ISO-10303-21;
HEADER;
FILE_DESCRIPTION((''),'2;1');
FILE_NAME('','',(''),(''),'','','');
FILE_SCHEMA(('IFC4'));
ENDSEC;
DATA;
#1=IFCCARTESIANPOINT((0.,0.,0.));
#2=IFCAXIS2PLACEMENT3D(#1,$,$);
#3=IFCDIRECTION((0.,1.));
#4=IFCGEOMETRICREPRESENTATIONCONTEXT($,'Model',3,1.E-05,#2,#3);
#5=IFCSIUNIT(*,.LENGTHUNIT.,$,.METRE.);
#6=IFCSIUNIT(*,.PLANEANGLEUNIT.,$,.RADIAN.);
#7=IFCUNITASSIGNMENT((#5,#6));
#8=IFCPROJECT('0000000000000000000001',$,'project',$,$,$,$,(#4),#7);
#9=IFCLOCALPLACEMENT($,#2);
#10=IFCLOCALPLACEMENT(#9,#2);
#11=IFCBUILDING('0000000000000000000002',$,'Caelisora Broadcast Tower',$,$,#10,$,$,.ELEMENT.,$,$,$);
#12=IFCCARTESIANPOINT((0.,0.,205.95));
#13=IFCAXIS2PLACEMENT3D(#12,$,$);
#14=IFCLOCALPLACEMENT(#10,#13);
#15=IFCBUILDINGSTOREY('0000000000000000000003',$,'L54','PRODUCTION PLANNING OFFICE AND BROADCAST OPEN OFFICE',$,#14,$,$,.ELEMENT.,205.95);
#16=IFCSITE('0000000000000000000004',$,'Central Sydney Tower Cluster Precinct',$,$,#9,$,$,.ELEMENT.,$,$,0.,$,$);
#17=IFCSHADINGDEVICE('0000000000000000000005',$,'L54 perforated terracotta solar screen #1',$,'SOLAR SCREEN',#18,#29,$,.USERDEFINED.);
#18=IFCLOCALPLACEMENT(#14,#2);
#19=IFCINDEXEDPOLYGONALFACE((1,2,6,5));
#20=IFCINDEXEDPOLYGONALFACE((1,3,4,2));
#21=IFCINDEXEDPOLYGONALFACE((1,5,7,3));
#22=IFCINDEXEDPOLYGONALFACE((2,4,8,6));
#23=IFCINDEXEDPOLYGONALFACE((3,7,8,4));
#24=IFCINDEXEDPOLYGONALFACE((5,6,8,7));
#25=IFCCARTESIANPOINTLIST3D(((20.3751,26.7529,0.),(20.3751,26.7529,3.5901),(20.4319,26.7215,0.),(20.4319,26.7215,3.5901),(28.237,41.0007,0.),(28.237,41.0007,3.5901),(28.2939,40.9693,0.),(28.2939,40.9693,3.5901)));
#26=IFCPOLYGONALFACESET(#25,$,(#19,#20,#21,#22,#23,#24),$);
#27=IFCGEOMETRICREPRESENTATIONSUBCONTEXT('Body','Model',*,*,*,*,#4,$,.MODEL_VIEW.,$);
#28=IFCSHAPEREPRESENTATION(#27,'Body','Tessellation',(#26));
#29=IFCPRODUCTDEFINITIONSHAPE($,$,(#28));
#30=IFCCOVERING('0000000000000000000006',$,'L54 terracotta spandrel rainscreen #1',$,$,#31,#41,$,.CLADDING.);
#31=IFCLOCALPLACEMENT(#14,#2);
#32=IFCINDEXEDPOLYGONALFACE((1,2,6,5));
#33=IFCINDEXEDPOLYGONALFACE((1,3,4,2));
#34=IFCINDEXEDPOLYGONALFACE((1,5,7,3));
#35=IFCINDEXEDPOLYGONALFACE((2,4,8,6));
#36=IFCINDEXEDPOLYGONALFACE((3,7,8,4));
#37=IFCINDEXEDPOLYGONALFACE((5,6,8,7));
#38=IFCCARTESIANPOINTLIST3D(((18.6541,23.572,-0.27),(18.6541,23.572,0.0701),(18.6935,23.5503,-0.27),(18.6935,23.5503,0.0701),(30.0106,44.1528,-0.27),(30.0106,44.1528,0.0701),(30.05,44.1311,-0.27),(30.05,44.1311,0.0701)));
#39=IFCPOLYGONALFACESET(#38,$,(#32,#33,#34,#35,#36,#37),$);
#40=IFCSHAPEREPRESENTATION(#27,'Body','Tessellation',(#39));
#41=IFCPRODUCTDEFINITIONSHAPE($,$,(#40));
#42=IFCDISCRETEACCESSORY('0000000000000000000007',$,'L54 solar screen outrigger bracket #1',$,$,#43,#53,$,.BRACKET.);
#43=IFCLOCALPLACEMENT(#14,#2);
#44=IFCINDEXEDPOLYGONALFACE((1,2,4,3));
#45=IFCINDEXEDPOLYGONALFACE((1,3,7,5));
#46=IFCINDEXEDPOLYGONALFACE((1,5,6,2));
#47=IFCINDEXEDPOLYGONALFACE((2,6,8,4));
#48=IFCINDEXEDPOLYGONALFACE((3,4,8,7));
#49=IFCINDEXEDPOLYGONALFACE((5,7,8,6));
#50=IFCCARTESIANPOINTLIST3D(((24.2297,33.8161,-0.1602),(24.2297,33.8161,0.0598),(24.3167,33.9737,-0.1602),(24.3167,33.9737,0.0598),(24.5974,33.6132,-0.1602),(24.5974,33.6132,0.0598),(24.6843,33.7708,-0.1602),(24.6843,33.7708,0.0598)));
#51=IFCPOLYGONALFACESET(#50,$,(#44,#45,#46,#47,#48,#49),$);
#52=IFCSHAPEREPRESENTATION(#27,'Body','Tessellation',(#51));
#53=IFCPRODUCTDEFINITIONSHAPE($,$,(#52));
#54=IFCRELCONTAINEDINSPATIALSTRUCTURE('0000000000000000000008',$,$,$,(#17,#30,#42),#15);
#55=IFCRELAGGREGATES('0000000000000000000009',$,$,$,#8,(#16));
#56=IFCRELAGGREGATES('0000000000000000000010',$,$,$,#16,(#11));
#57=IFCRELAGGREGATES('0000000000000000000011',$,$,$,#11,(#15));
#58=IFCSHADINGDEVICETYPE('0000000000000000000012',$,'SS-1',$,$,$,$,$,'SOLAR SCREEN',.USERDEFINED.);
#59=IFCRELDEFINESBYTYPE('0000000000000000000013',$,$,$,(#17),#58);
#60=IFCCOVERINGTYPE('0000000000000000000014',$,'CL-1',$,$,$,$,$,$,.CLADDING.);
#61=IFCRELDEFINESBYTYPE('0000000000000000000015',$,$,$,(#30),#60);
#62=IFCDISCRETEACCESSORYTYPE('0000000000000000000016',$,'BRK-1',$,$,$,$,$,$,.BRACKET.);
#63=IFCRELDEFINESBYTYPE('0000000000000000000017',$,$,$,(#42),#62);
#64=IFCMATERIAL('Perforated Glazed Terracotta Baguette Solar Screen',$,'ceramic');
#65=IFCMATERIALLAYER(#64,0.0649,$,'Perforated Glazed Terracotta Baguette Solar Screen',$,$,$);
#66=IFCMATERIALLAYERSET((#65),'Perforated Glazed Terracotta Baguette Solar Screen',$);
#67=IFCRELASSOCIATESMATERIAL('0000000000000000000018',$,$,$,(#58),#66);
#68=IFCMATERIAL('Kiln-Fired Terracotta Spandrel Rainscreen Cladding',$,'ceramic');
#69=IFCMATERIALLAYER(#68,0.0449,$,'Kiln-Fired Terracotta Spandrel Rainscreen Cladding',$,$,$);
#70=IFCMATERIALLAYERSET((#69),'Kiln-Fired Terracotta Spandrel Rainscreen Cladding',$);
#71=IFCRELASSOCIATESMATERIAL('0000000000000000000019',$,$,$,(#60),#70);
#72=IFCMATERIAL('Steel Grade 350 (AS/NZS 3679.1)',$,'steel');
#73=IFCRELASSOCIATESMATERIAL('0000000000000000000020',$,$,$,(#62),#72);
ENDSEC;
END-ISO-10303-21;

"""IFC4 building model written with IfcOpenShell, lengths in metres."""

from ifc_helpers import new_model, si_unit, direction, frame, origin, origin_2d, place, context, subcontext, project, spatial, rectangle, extrude, source, transform, mapped, material, layer, layer_set, type_object, type_shapes, element, save


model = new_model("IFC4")

# Units and contexts
model_context = context("Model", 3, precision=1e-05, world=origin(), true_north=direction((0.0, 1.0)))
body_context = subcontext(model_context, "Body", "Model", "MODEL_VIEW")
ifc_project = project(units=[si_unit("LENGTHUNIT", "METRE"), si_unit("PLANEANGLEUNIT", "RADIAN")], contexts=[model_context])

# Site, building, storey
site_placement = place(None, origin())
site = spatial("IfcSite", under=ifc_project, at=site_placement, Name="Central Sydney Tower Cluster Precinct", CompositionType="ELEMENT", RefElevation=0.0)
building_placement = place(site_placement, origin())
building = spatial("IfcBuilding", under=site, at=building_placement, Name="Caelisora Broadcast Tower", CompositionType="ELEMENT")
storey_placement = place(building_placement, frame((0.0, 0.0, 205.95)))
storey = spatial("IfcBuildingStorey", under=building, at=storey_placement, Name="L54", Description="PRODUCTION PLANNING OFFICE AND BROADCAST OPEN OFFICE", CompositionType="ELEMENT", Elevation=205.95)

# Shared definitions
ifc_material_1 = material(Name="Steel Grade 350 (AS/NZS 3679.1)", Category="steel")

# Shading device
ifc_material_2 = material(Name="Perforated Glazed Terracotta Baguette Solar Screen", Category="ceramic")
ifc_layer_1 = layer(ifc_material_2, 0.0649, Name="Perforated Glazed Terracotta Baguette Solar Screen")
ifc_layer_set_1 = layer_set([ifc_layer_1], Name="Perforated Glazed Terracotta Baguette Solar Screen")
shading_device_type = type_object("IfcShadingDeviceType", Name="SS-1", ElementType="SOLAR SCREEN", PredefinedType="USERDEFINED", material=ifc_layer_set_1)
shared_shape_1 = source(origin(), body_context, "Body", "SweptSolid", [
    extrude(rectangle(XDim=16.2729, YDim=0.0649, at=origin_2d()), origin(), (0.0, 0.0, 1.0), 3.5901),
])
type_shapes(shading_device_type, [shared_shape_1])
shading_device_placement = place(storey_placement, frame((24.3345, 33.8611, 0.0), z_axis=(0.0, 0.0, 1.0), x_axis=(-0.48313, -0.875549, 0.0)))
element("IfcShadingDevice", 1, at=shading_device_placement, inside=storey, type_object=shading_device_type, Name="L54 perforated terracotta solar screen #1", ObjectType="SOLAR SCREEN", PredefinedType="USERDEFINED", context=body_context, shape_type="MappedRepresentation", body=[
    mapped(shared_shape_1, transform((0.0, 0.0, 0.0), scale=1.0)),
])

# Covering
ifc_material_3 = material(Name="Kiln-Fired Terracotta Spandrel Rainscreen Cladding", Category="ceramic")
ifc_layer_2 = layer(ifc_material_3, 0.0449, Name="Kiln-Fired Terracotta Spandrel Rainscreen Cladding")
ifc_layer_set_2 = layer_set([ifc_layer_2], Name="Kiln-Fired Terracotta Spandrel Rainscreen Cladding")
covering_type = type_object("IfcCoveringType", Name="CL-1", PredefinedType="CLADDING", material=ifc_layer_set_2)
shared_shape_2 = source(origin(), body_context, "Body", "SweptSolid", [
    extrude(rectangle(XDim=23.5061, YDim=0.0449, at=origin_2d()), origin(), (0.0, 0.0, 1.0), 0.3401),
])
type_shapes(covering_type, [shared_shape_2])
covering_placement = place(storey_placement, frame((24.3521, 33.8516, -0.27), z_axis=(0.0, 0.0, 1.0), x_axis=(-0.48313, -0.875549, 0.0)))
element("IfcCovering", 2, at=covering_placement, inside=storey, type_object=covering_type, Name="L54 terracotta spandrel rainscreen #1", PredefinedType="CLADDING", context=body_context, shape_type="MappedRepresentation", body=[
    mapped(shared_shape_2, transform((0.0, 0.0, 0.0), scale=1.0)),
])

# Discrete accessory
discrete_accessory_type = type_object("IfcDiscreteAccessoryType", Name="BRK-1", PredefinedType="BRACKET", material=ifc_material_1)
shared_shape_3 = source(origin(), body_context, "Body", "SweptSolid", [
    extrude(rectangle(XDim=0.1799, YDim=0.4199, at=origin_2d()), origin(), (0.0, 0.0, 1.0), 0.22),
])
type_shapes(discrete_accessory_type, [shared_shape_3])
discrete_accessory_placement = place(storey_placement, frame((24.457, 33.7935, -0.1602), z_axis=(0.0, 0.0, 1.0), x_axis=(-0.48313, -0.875549, 0.0)))
element("IfcDiscreteAccessory", 3, at=discrete_accessory_placement, inside=storey, type_object=discrete_accessory_type, Name="L54 solar screen outrigger bracket #1", PredefinedType="BRACKET", context=body_context, shape_type="MappedRepresentation", body=[
    mapped(shared_shape_3, transform((0.0, 0.0, 0.0), scale=1.0)),
])

save(model, "model.ifc")
